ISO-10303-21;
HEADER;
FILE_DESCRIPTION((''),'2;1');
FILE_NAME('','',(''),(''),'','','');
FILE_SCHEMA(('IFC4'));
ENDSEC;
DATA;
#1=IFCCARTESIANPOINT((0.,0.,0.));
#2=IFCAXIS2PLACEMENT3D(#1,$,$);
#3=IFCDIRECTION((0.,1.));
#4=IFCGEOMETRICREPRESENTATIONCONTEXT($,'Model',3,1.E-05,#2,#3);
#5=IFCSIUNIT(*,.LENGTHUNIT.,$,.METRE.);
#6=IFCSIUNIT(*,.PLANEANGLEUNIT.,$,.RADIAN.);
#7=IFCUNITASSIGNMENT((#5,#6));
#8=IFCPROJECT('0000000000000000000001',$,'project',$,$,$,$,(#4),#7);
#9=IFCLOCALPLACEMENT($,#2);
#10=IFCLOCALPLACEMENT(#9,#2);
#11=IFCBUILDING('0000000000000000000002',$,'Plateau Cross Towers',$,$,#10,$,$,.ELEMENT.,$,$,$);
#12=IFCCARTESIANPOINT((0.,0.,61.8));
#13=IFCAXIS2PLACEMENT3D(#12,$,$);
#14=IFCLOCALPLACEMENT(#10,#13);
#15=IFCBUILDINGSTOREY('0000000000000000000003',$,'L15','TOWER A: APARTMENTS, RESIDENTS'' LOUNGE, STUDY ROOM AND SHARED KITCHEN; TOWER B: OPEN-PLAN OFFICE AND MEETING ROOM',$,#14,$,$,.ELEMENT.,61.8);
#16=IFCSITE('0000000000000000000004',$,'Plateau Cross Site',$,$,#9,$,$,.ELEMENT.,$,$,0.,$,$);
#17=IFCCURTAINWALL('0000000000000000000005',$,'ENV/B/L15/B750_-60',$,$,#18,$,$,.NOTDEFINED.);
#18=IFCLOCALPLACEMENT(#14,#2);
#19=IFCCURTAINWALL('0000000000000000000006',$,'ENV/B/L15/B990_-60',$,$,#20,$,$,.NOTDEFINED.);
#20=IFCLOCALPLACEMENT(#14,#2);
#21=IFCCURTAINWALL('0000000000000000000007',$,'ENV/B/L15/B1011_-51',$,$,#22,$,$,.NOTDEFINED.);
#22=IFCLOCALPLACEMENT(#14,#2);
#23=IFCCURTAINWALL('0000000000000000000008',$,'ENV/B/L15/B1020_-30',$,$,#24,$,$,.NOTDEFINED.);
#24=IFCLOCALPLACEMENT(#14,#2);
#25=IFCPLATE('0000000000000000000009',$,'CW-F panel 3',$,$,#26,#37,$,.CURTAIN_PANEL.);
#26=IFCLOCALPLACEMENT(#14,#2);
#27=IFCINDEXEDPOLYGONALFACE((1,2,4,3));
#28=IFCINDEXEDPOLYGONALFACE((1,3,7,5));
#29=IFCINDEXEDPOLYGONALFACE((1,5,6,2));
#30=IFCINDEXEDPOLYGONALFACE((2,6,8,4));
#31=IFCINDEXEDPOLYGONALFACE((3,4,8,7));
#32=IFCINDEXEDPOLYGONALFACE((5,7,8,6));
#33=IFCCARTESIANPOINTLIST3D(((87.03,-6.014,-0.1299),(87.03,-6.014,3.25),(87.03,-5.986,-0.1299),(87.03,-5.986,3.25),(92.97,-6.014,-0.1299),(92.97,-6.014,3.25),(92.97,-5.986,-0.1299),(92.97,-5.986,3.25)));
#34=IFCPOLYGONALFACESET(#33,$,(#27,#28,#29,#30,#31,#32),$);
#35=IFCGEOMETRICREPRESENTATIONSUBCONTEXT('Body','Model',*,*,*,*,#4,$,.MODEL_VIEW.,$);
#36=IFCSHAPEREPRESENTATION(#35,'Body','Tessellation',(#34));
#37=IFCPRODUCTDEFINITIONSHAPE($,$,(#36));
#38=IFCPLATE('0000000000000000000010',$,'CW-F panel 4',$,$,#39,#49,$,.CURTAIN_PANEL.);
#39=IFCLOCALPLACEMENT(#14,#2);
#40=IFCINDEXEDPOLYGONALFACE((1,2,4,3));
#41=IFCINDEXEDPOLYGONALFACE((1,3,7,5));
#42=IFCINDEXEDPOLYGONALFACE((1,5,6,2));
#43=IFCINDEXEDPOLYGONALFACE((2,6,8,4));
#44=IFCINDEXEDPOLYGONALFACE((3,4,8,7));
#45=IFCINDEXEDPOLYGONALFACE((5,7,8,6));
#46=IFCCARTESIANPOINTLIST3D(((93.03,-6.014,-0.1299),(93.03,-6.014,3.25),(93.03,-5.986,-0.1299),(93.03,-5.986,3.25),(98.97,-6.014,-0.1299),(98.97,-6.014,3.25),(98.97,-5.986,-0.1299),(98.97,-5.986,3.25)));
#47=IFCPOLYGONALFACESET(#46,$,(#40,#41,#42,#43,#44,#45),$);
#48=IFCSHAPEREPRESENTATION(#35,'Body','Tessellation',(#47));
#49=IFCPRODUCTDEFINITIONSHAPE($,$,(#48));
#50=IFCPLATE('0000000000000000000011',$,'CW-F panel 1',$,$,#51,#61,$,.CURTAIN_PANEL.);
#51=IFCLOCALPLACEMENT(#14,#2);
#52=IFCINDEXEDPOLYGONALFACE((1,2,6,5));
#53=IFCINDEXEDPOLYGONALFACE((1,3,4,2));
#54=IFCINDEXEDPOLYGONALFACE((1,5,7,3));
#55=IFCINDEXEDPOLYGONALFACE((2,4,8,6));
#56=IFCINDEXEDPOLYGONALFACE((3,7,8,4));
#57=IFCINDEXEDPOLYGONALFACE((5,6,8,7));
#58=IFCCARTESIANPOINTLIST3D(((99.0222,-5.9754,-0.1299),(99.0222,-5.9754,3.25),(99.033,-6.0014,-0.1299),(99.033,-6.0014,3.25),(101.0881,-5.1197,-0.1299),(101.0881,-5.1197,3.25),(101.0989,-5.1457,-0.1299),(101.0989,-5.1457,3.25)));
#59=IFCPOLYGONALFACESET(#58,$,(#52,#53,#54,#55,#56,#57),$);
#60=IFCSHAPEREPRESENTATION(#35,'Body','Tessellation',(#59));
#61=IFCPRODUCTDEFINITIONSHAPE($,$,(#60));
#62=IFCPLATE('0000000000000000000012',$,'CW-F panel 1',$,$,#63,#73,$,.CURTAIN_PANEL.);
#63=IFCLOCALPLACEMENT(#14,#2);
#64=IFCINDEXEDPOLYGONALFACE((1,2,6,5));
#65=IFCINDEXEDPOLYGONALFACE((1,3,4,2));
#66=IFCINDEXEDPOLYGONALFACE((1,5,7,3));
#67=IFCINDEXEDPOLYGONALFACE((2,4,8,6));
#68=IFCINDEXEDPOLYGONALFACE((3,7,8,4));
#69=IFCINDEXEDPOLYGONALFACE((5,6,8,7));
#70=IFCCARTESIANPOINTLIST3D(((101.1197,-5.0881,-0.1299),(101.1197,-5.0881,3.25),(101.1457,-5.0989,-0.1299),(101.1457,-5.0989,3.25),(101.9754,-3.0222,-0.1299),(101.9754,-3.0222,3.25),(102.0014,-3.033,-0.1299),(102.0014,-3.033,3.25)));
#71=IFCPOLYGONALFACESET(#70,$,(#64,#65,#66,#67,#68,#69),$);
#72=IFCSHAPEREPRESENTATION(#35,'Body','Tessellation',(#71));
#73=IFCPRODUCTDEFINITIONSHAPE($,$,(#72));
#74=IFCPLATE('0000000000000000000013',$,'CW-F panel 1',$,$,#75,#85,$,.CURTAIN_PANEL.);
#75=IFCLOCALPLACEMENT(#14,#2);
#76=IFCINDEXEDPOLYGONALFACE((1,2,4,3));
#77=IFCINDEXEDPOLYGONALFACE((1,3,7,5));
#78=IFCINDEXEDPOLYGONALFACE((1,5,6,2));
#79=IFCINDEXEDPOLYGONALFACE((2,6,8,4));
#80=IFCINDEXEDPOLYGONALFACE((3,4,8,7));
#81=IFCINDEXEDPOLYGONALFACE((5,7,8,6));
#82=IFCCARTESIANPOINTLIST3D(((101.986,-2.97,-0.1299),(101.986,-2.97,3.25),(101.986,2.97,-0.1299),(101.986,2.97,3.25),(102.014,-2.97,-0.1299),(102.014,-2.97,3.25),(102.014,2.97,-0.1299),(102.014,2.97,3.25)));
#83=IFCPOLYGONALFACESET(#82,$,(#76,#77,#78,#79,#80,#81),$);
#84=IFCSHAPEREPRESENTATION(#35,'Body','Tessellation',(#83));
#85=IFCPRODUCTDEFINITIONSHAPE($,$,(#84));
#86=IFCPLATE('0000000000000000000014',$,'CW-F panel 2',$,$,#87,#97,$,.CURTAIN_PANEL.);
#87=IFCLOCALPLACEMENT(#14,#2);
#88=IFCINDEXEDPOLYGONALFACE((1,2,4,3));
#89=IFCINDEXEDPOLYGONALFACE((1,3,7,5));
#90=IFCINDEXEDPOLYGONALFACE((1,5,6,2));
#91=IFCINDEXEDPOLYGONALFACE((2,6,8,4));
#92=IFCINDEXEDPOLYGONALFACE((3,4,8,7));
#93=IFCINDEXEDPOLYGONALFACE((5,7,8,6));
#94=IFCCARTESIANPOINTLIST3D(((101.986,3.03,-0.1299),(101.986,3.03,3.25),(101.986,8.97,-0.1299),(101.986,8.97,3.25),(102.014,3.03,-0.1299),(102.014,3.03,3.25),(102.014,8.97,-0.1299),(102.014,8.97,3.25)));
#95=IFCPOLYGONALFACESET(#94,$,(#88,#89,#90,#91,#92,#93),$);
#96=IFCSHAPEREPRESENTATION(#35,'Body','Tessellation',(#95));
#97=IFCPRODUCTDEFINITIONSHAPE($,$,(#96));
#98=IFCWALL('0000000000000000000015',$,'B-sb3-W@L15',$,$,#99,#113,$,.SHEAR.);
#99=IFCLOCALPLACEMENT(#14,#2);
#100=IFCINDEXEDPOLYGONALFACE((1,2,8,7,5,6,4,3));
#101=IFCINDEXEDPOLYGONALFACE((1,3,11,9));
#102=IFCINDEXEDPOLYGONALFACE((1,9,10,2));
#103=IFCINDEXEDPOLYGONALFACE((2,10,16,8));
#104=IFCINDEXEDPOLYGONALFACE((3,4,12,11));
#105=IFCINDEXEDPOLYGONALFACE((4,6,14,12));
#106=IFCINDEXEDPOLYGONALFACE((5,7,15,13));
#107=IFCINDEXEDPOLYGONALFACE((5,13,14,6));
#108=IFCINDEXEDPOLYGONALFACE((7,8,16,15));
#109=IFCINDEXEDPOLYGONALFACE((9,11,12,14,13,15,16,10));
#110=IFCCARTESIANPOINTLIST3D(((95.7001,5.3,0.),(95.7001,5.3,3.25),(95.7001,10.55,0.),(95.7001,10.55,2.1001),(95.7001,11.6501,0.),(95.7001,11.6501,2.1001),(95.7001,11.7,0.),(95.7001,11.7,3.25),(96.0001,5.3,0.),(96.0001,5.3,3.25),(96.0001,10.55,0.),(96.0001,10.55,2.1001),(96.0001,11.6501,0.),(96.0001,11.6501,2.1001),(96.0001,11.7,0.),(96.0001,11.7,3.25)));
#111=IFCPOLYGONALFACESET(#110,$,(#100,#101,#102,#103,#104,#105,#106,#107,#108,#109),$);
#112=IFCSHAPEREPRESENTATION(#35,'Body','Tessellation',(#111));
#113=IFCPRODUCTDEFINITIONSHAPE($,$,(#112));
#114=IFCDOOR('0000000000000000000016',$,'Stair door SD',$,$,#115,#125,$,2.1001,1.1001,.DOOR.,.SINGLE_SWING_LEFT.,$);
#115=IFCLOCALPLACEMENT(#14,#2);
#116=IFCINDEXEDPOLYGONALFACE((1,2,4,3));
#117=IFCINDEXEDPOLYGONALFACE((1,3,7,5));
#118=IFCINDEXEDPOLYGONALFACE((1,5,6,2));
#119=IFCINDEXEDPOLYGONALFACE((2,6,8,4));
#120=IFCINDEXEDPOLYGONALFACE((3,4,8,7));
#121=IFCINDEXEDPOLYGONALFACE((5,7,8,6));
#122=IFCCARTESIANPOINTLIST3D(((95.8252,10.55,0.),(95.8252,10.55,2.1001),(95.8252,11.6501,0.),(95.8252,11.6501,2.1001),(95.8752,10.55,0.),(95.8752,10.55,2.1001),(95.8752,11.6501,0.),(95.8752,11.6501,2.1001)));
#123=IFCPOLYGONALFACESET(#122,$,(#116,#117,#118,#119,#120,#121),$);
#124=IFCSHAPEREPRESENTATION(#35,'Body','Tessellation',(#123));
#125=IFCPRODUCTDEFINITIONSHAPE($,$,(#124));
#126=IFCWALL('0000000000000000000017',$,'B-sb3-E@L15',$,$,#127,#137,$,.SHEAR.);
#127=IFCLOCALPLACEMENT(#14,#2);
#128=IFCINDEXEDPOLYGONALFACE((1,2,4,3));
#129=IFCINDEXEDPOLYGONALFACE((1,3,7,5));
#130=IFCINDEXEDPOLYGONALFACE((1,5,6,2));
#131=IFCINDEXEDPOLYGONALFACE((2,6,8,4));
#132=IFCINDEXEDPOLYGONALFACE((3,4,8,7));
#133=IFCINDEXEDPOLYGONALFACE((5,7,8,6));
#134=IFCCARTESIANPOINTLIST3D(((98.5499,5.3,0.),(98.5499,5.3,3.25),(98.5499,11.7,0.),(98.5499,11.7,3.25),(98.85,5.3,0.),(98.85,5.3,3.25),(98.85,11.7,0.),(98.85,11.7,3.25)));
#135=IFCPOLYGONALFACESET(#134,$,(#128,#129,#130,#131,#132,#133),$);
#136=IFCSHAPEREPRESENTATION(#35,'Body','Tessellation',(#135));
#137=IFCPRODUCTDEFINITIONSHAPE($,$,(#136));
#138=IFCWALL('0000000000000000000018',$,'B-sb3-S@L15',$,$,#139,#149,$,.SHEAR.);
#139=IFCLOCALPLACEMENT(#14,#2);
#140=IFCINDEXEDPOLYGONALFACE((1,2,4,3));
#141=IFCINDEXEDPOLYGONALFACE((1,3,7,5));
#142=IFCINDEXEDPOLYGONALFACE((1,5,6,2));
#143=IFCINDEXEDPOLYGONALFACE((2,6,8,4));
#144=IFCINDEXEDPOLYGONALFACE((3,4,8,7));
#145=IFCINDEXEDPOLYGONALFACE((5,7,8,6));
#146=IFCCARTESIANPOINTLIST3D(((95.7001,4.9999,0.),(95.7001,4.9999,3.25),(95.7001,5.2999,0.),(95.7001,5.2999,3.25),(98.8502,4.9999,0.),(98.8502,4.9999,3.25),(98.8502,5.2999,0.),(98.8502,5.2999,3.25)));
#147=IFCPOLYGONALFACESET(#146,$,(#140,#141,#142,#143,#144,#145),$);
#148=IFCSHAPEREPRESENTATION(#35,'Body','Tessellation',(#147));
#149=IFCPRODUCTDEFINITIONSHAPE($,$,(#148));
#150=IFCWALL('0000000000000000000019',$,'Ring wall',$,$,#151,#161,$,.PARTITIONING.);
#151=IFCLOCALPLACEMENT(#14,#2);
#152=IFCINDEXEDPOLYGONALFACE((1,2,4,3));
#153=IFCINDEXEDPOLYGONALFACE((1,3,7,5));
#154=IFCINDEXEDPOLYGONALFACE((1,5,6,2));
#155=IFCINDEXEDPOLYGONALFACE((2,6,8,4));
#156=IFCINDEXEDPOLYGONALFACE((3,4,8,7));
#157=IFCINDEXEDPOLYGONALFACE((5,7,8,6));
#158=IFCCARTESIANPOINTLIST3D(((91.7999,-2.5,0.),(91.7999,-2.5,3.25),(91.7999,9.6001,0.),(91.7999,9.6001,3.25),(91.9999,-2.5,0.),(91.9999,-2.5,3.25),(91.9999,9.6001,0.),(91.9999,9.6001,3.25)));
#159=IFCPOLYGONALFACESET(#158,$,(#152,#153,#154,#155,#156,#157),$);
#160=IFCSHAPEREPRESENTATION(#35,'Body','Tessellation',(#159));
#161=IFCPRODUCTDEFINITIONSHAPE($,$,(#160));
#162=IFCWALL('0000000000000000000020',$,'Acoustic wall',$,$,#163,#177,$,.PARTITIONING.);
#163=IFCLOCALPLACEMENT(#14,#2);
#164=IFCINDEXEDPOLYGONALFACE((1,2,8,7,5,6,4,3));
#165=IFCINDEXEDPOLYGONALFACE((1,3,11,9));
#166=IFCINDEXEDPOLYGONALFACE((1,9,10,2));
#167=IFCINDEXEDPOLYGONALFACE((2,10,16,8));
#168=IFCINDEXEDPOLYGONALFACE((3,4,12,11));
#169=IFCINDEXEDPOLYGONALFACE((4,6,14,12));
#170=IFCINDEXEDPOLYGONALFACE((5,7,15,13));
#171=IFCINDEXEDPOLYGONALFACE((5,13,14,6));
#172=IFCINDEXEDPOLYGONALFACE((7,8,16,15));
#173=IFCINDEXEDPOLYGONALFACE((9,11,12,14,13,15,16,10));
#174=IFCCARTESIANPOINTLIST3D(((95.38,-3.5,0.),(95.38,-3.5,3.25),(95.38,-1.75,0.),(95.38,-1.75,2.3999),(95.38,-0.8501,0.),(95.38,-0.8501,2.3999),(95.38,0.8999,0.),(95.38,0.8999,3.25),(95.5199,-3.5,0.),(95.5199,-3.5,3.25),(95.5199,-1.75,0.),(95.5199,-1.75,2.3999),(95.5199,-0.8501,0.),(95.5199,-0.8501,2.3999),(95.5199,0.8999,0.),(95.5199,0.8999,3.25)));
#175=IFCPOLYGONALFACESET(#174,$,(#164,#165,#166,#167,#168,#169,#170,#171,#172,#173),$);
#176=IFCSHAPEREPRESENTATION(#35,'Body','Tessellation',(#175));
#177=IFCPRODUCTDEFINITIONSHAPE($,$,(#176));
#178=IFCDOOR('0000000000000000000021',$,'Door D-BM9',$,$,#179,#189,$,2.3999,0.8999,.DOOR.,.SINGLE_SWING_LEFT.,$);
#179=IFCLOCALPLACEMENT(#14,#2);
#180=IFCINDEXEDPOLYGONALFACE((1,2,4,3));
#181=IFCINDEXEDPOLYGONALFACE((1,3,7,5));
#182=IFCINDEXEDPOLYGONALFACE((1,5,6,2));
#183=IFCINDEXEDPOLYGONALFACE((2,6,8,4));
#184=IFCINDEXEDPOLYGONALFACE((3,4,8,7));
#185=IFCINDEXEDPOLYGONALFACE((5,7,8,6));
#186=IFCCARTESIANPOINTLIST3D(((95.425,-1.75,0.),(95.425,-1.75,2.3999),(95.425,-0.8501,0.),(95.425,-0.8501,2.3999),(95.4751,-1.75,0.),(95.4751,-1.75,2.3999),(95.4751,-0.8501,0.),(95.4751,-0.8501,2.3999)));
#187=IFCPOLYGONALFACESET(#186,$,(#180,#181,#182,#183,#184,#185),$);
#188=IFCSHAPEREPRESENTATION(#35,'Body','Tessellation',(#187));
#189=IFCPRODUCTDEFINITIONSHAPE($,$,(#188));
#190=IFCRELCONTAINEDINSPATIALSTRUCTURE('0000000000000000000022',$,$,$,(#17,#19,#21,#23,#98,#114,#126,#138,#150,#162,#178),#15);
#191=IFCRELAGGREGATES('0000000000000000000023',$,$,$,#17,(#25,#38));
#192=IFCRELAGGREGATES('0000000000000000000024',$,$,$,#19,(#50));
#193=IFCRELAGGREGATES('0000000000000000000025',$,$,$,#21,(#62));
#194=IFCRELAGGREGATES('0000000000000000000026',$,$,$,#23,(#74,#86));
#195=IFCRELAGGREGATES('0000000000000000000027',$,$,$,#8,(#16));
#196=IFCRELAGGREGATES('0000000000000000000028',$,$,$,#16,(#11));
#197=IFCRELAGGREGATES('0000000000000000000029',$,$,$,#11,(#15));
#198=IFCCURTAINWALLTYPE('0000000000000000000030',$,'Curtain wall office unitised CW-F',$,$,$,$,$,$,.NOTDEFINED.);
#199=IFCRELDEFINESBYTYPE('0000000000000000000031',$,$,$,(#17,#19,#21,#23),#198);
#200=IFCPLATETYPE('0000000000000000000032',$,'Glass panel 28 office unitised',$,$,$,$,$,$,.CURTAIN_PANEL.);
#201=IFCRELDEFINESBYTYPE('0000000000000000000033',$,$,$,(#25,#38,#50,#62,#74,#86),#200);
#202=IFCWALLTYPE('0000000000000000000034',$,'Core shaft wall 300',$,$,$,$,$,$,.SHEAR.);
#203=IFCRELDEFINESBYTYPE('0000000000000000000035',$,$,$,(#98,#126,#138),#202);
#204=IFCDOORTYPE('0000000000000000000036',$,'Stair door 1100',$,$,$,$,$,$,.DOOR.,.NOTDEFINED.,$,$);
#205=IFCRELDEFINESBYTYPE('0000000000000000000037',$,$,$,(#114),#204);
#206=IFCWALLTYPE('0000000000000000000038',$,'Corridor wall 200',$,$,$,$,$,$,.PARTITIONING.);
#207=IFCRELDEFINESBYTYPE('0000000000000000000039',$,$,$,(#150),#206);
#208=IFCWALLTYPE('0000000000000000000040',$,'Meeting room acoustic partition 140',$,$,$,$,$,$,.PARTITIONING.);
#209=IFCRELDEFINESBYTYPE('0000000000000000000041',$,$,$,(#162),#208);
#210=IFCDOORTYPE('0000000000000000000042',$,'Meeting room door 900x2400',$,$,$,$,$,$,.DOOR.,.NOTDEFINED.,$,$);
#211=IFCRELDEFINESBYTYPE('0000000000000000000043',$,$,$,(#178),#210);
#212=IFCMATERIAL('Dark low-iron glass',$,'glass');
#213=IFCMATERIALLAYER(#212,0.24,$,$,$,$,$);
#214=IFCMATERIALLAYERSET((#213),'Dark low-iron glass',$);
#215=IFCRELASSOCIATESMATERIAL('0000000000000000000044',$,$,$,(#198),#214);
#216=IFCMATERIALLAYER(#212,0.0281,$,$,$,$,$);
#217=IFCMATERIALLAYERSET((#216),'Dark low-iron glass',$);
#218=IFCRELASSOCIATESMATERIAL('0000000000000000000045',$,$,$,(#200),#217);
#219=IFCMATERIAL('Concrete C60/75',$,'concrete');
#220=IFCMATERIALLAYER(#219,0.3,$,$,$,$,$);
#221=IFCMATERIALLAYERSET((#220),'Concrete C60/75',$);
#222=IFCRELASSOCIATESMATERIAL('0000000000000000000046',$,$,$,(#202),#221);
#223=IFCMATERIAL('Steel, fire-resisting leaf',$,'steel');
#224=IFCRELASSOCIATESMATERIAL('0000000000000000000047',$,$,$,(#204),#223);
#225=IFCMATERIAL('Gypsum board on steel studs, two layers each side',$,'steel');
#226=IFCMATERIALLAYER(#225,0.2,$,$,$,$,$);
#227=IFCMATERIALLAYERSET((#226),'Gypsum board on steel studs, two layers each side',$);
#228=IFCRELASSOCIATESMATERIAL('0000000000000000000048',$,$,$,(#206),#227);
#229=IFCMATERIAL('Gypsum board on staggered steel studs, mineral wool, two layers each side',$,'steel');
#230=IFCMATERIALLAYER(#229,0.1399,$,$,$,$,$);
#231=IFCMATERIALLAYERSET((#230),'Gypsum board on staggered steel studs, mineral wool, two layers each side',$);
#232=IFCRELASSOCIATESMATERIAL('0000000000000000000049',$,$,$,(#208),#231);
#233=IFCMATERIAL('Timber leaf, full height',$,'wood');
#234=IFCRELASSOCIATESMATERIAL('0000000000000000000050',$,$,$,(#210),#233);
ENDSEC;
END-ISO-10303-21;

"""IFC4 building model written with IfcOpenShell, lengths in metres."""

from ifc_helpers import new_model, si_unit, direction, frame, frame_2d, origin, origin_2d, place, context, subcontext, project, spatial, rectangle, extrude, material, layer, layer_set, type_object, element, fill, aggregate, save


model = new_model("IFC4")

# Units and contexts
model_context = context("Model", 3, precision=1e-05, world=origin(), true_north=direction((0.0, 1.0)))
body_context = subcontext(model_context, "Body", "Model", "MODEL_VIEW")
ifc_project = project(units=[si_unit("LENGTHUNIT", "METRE"), si_unit("PLANEANGLEUNIT", "RADIAN")], contexts=[model_context])

# Site, building, storey
site_placement = place(None, origin())
site = spatial("IfcSite", under=ifc_project, at=site_placement, Name="Plateau Cross Site", CompositionType="ELEMENT", RefElevation=0.0)
building_placement = place(site_placement, origin())
building = spatial("IfcBuilding", under=site, at=building_placement, Name="Plateau Cross Towers", CompositionType="ELEMENT")
storey_placement = place(building_placement, frame((0.0, 0.0, 61.8)))
storey = spatial("IfcBuildingStorey", under=building, at=storey_placement, Name="L15", Description="TOWER A: APARTMENTS, RESIDENTS' LOUNGE, STUDY ROOM AND SHARED KITCHEN; TOWER B: OPEN-PLAN OFFICE AND MEETING ROOM", CompositionType="ELEMENT", Elevation=61.8)

# Shared definitions
ifc_material_1 = material(Name="Concrete C60/75", Category="concrete")

# Curtain walls
ifc_material_2 = material(Name="Dark low-iron glass", Category="glass")
ifc_layer_1 = layer(ifc_material_2, 0.24)
ifc_layer_set_1 = layer_set([ifc_layer_1], Name="Dark low-iron glass")
curtain_wall_type = type_object("IfcCurtainWallType", Name="Curtain wall office unitised CW-F", PredefinedType="NOTDEFINED", material=ifc_layer_set_1)
curtain_wall_1_placement = place(storey_placement, origin())
curtain_wall_1 = element("IfcCurtainWall", 1, at=curtain_wall_1_placement, inside=storey, type_object=curtain_wall_type, Name="ENV/B/L15/B750_-60", PredefinedType="NOTDEFINED")
curtain_wall_2_placement = place(storey_placement, origin())
curtain_wall_2 = element("IfcCurtainWall", 2, at=curtain_wall_2_placement, inside=storey, type_object=curtain_wall_type, Name="ENV/B/L15/B990_-60", PredefinedType="NOTDEFINED")
curtain_wall_3_placement = place(storey_placement, origin())
curtain_wall_3 = element("IfcCurtainWall", 3, at=curtain_wall_3_placement, inside=storey, type_object=curtain_wall_type, Name="ENV/B/L15/B1011_-51", PredefinedType="NOTDEFINED")

# Curtain wall
curtain_wall_4_placement = place(storey_placement, origin())
curtain_wall_4 = element("IfcCurtainWall", 4, at=curtain_wall_4_placement, inside=storey, type_object=curtain_wall_type, Name="ENV/B/L15/B1020_-30", PredefinedType="NOTDEFINED")

# Plates
ifc_layer_2 = layer(ifc_material_2, 0.0281)
ifc_layer_set_2 = layer_set([ifc_layer_2], Name="Dark low-iron glass")
plate_type = type_object("IfcPlateType", Name="Glass panel 28 office unitised", PredefinedType="CURTAIN_PANEL", material=ifc_layer_set_2)
plate_1_placement = place(storey_placement, frame((90.0, -6.0, -0.1299), z_axis=(0.0, 0.0, 1.0), x_axis=(1.0, 0.0, 0.0)))
plate_1 = element("IfcPlate", 5, at=plate_1_placement, type_object=plate_type, Name="CW-F panel 3", PredefinedType="CURTAIN_PANEL", context=body_context, shape_type="SweptSolid", body=[
    extrude(rectangle(XDim=5.9399, YDim=0.0281, at=origin_2d()), origin(), (0.0, 0.0, 1.0), 3.3799),
])
plate_2_placement = place(storey_placement, frame((96.0, -6.0, -0.1299), z_axis=(0.0, 0.0, 1.0), x_axis=(1.0, 0.0, 0.0)))
plate_2 = element("IfcPlate", 6, at=plate_2_placement, type_object=plate_type, Name="CW-F panel 4", PredefinedType="CURTAIN_PANEL", context=body_context, shape_type="SweptSolid", body=[
    extrude(rectangle(XDim=5.9399, YDim=0.0281, at=origin_2d()), origin(), (0.0, 0.0, 1.0), 3.3799),
])
aggregate(curtain_wall_1, [plate_1, plate_2])
plate_3_placement = place(storey_placement, frame((100.0605, -5.5605, -0.1299), z_axis=(0.0, 0.0, 1.0), x_axis=(0.923879, 0.382684, 0.0)))
plate_3 = element("IfcPlate", 7, at=plate_3_placement, type_object=plate_type, Name="CW-F panel 1", PredefinedType="CURTAIN_PANEL", context=body_context, shape_type="SweptSolid", body=[
    extrude(rectangle(XDim=2.2361, YDim=0.0281, at=origin_2d()), origin(), (0.0, 0.0, 1.0), 3.3799),
])
aggregate(curtain_wall_2, [plate_3])
plate_4_placement = place(storey_placement, frame((101.5605, -4.0605, -0.1299), z_axis=(0.0, 0.0, 1.0), x_axis=(0.382684, 0.923879, 0.0)))
plate_4 = element("IfcPlate", 8, at=plate_4_placement, type_object=plate_type, Name="CW-F panel 1", PredefinedType="CURTAIN_PANEL", context=body_context, shape_type="SweptSolid", body=[
    extrude(rectangle(XDim=2.2361, YDim=0.0281, at=origin_2d()), origin(), (0.0, 0.0, 1.0), 3.3799),
])
aggregate(curtain_wall_3, [plate_4])
plate_5_placement = place(storey_placement, frame((102.0, 0.0, -0.1299), z_axis=(0.0, 0.0, 1.0), x_axis=(0.0, 1.0, 0.0)))
plate_5 = element("IfcPlate", 9, at=plate_5_placement, type_object=plate_type, Name="CW-F panel 1", PredefinedType="CURTAIN_PANEL", context=body_context, shape_type="SweptSolid", body=[
    extrude(rectangle(XDim=5.9399, YDim=0.0281, at=origin_2d()), origin(), (0.0, 0.0, 1.0), 3.3799),
])
plate_6_placement = place(storey_placement, frame((102.0, 6.0, -0.1299), z_axis=(0.0, 0.0, 1.0), x_axis=(0.0, 1.0, 0.0)))
plate_6 = element("IfcPlate", 10, at=plate_6_placement, type_object=plate_type, Name="CW-F panel 2", PredefinedType="CURTAIN_PANEL", context=body_context, shape_type="SweptSolid", body=[
    extrude(rectangle(XDim=5.9399, YDim=0.0281, at=origin_2d()), origin(), (0.0, 0.0, 1.0), 3.3799),
])
aggregate(curtain_wall_4, [plate_5, plate_6])

# Wall, opening, door
ifc_layer_3 = layer(ifc_material_1, 0.3)
ifc_layer_set_3 = layer_set([ifc_layer_3], Name="Concrete C60/75")
wall_type_1 = type_object("IfcWallType", Name="Core shaft wall 300", PredefinedType="SHEAR", material=ifc_layer_set_3)
wall_1_placement = place(storey_placement, frame((95.8501, 5.3, 0.0), z_axis=(0.0, 0.0, 1.0), x_axis=(0.0, 1.0, 0.0)))
wall_1 = element("IfcWall", 11, at=wall_1_placement, inside=storey, type_object=wall_type_1, Name="B-sb3-W@L15", PredefinedType="SHEAR", context=body_context, shape_type="SweptSolid", body=[
    extrude(rectangle(XDim=6.3999, YDim=0.3, at=frame_2d((3.2, 0.0))), origin(), (0.0, 0.0, 1.0), 3.25),
])
opening_1_placement = place(wall_1_placement, frame((5.25, 0.0, 0.0)))
opening_1 = element("IfcOpeningElement", 12, at=opening_1_placement, cuts=wall_1, PredefinedType="OPENING", context=body_context, shape_type="SweptSolid", body=[
    extrude(rectangle(XDim=1.1001, YDim=2.1001, at=frame_2d((0.55, 1.05))), frame((0.0, 0.1599, 0.0), z_axis=(0.0, -1.0, 0.0), x_axis=(1.0, 0.0, 0.0)), (0.0, 0.0, 1.0), 0.3201),
])
ifc_material_3 = material(Name="Steel, fire-resisting leaf", Category="steel")
door_type_1 = type_object("IfcDoorType", Name="Stair door 1100", OperationType="NOTDEFINED", PredefinedType="DOOR", material=ifc_material_3)
door_1_placement = place(opening_1_placement, origin())
door_1 = element("IfcDoor", 13, at=door_1_placement, inside=storey, type_object=door_type_1, Name="Stair door SD", OperationType="SINGLE_SWING_LEFT", OverallHeight=2.1001, OverallWidth=1.1001, PredefinedType="DOOR", context=body_context, shape_type="SweptSolid", body=[
    extrude(rectangle(XDim=1.1001, YDim=2.1001, at=frame_2d((0.55, 1.05))), frame((0.0, 0.0249, 0.0), z_axis=(0.0, -1.0, 0.0), x_axis=(1.0, 0.0, 0.0)), (0.0, 0.0, 1.0), 0.05),
])
fill(opening_1, door_1)

# Walls
wall_2_placement = place(storey_placement, frame((98.7, 5.3, 0.0), z_axis=(0.0, 0.0, 1.0), x_axis=(0.0, 1.0, 0.0)))
element("IfcWall", 14, at=wall_2_placement, inside=storey, type_object=wall_type_1, Name="B-sb3-E@L15", PredefinedType="SHEAR", context=body_context, shape_type="SweptSolid", body=[
    extrude(rectangle(XDim=6.3999, YDim=0.3, at=frame_2d((3.2, 0.0))), origin(), (0.0, 0.0, 1.0), 3.25),
])
wall_3_placement = place(storey_placement, frame((95.7, 5.1499, 0.0), z_axis=(0.0, 0.0, 1.0), x_axis=(1.0, 0.0, 0.0)))
element("IfcWall", 15, at=wall_3_placement, inside=storey, type_object=wall_type_1, Name="B-sb3-S@L15", PredefinedType="SHEAR", context=body_context, shape_type="SweptSolid", body=[
    extrude(rectangle(XDim=3.1501, YDim=0.3, at=frame_2d((1.5752, 0.0))), origin(), (0.0, 0.0, 1.0), 3.25),
])
ifc_material_4 = material(Name="Gypsum board on steel studs, two layers each side", Category="steel")
ifc_layer_4 = layer(ifc_material_4, 0.2)
ifc_layer_set_4 = layer_set([ifc_layer_4], Name="Gypsum board on steel studs, two layers each side")
wall_type_2 = type_object("IfcWallType", Name="Corridor wall 200", PredefinedType="PARTITIONING", material=ifc_layer_set_4)
wall_4_placement = place(storey_placement, frame((91.8999, -2.5, 0.0), z_axis=(0.0, 0.0, 1.0), x_axis=(0.0, 1.0, 0.0)))
element("IfcWall", 16, at=wall_4_placement, inside=storey, type_object=wall_type_2, Name="Ring wall", PredefinedType="PARTITIONING", context=body_context, shape_type="SweptSolid", body=[
    extrude(rectangle(XDim=12.1001, YDim=0.2, at=frame_2d((6.05, 0.0))), origin(), (0.0, 0.0, 1.0), 3.25),
])

# Wall, opening, door
ifc_material_5 = material(Name="Gypsum board on staggered steel studs, mineral wool, two layers each side", Category="steel")
ifc_layer_5 = layer(ifc_material_5, 0.1399)
ifc_layer_set_5 = layer_set([ifc_layer_5], Name="Gypsum board on staggered steel studs, mineral wool, two layers each side")
wall_type_3 = type_object("IfcWallType", Name="Meeting room acoustic partition 140", PredefinedType="PARTITIONING", material=ifc_layer_set_5)
wall_5_placement = place(storey_placement, frame((95.45, -3.5, 0.0), z_axis=(0.0, 0.0, 1.0), x_axis=(0.0, 1.0, 0.0)))
wall_5 = element("IfcWall", 17, at=wall_5_placement, inside=storey, type_object=wall_type_3, Name="Acoustic wall", PredefinedType="PARTITIONING", context=body_context, shape_type="SweptSolid", body=[
    extrude(rectangle(XDim=4.3999, YDim=0.1399, at=frame_2d((2.2, 0.0))), origin(), (0.0, 0.0, 1.0), 3.25),
])
opening_2_placement = place(wall_5_placement, frame((1.75, 0.0, 0.0)))
opening_2 = element("IfcOpeningElement", 18, at=opening_2_placement, cuts=wall_5, PredefinedType="OPENING", context=body_context, shape_type="SweptSolid", body=[
    extrude(rectangle(XDim=0.8999, YDim=2.3999, at=frame_2d((0.45, 1.2))), frame((0.0, 0.0798, 0.0), z_axis=(0.0, -1.0, 0.0), x_axis=(1.0, 0.0, 0.0)), (0.0, 0.0, 1.0), 0.1599),
])
ifc_material_6 = material(Name="Timber leaf, full height", Category="wood")
door_type_2 = type_object("IfcDoorType", Name="Meeting room door 900x2400", OperationType="NOTDEFINED", PredefinedType="DOOR", material=ifc_material_6)
door_2_placement = place(opening_2_placement, origin())
door_2 = element("IfcDoor", 19, at=door_2_placement, inside=storey, type_object=door_type_2, Name="Door D-BM9", OperationType="SINGLE_SWING_LEFT", OverallHeight=2.3999, OverallWidth=0.8999, PredefinedType="DOOR", context=body_context, shape_type="SweptSolid", body=[
    extrude(rectangle(XDim=0.8999, YDim=2.3999, at=frame_2d((0.45, 1.2))), frame((0.0, 0.0249, 0.0), z_axis=(0.0, -1.0, 0.0), x_axis=(1.0, 0.0, 0.0)), (0.0, 0.0, 1.0), 0.05),
])
fill(opening_2, door_2)

save(model, "model.ifc")
